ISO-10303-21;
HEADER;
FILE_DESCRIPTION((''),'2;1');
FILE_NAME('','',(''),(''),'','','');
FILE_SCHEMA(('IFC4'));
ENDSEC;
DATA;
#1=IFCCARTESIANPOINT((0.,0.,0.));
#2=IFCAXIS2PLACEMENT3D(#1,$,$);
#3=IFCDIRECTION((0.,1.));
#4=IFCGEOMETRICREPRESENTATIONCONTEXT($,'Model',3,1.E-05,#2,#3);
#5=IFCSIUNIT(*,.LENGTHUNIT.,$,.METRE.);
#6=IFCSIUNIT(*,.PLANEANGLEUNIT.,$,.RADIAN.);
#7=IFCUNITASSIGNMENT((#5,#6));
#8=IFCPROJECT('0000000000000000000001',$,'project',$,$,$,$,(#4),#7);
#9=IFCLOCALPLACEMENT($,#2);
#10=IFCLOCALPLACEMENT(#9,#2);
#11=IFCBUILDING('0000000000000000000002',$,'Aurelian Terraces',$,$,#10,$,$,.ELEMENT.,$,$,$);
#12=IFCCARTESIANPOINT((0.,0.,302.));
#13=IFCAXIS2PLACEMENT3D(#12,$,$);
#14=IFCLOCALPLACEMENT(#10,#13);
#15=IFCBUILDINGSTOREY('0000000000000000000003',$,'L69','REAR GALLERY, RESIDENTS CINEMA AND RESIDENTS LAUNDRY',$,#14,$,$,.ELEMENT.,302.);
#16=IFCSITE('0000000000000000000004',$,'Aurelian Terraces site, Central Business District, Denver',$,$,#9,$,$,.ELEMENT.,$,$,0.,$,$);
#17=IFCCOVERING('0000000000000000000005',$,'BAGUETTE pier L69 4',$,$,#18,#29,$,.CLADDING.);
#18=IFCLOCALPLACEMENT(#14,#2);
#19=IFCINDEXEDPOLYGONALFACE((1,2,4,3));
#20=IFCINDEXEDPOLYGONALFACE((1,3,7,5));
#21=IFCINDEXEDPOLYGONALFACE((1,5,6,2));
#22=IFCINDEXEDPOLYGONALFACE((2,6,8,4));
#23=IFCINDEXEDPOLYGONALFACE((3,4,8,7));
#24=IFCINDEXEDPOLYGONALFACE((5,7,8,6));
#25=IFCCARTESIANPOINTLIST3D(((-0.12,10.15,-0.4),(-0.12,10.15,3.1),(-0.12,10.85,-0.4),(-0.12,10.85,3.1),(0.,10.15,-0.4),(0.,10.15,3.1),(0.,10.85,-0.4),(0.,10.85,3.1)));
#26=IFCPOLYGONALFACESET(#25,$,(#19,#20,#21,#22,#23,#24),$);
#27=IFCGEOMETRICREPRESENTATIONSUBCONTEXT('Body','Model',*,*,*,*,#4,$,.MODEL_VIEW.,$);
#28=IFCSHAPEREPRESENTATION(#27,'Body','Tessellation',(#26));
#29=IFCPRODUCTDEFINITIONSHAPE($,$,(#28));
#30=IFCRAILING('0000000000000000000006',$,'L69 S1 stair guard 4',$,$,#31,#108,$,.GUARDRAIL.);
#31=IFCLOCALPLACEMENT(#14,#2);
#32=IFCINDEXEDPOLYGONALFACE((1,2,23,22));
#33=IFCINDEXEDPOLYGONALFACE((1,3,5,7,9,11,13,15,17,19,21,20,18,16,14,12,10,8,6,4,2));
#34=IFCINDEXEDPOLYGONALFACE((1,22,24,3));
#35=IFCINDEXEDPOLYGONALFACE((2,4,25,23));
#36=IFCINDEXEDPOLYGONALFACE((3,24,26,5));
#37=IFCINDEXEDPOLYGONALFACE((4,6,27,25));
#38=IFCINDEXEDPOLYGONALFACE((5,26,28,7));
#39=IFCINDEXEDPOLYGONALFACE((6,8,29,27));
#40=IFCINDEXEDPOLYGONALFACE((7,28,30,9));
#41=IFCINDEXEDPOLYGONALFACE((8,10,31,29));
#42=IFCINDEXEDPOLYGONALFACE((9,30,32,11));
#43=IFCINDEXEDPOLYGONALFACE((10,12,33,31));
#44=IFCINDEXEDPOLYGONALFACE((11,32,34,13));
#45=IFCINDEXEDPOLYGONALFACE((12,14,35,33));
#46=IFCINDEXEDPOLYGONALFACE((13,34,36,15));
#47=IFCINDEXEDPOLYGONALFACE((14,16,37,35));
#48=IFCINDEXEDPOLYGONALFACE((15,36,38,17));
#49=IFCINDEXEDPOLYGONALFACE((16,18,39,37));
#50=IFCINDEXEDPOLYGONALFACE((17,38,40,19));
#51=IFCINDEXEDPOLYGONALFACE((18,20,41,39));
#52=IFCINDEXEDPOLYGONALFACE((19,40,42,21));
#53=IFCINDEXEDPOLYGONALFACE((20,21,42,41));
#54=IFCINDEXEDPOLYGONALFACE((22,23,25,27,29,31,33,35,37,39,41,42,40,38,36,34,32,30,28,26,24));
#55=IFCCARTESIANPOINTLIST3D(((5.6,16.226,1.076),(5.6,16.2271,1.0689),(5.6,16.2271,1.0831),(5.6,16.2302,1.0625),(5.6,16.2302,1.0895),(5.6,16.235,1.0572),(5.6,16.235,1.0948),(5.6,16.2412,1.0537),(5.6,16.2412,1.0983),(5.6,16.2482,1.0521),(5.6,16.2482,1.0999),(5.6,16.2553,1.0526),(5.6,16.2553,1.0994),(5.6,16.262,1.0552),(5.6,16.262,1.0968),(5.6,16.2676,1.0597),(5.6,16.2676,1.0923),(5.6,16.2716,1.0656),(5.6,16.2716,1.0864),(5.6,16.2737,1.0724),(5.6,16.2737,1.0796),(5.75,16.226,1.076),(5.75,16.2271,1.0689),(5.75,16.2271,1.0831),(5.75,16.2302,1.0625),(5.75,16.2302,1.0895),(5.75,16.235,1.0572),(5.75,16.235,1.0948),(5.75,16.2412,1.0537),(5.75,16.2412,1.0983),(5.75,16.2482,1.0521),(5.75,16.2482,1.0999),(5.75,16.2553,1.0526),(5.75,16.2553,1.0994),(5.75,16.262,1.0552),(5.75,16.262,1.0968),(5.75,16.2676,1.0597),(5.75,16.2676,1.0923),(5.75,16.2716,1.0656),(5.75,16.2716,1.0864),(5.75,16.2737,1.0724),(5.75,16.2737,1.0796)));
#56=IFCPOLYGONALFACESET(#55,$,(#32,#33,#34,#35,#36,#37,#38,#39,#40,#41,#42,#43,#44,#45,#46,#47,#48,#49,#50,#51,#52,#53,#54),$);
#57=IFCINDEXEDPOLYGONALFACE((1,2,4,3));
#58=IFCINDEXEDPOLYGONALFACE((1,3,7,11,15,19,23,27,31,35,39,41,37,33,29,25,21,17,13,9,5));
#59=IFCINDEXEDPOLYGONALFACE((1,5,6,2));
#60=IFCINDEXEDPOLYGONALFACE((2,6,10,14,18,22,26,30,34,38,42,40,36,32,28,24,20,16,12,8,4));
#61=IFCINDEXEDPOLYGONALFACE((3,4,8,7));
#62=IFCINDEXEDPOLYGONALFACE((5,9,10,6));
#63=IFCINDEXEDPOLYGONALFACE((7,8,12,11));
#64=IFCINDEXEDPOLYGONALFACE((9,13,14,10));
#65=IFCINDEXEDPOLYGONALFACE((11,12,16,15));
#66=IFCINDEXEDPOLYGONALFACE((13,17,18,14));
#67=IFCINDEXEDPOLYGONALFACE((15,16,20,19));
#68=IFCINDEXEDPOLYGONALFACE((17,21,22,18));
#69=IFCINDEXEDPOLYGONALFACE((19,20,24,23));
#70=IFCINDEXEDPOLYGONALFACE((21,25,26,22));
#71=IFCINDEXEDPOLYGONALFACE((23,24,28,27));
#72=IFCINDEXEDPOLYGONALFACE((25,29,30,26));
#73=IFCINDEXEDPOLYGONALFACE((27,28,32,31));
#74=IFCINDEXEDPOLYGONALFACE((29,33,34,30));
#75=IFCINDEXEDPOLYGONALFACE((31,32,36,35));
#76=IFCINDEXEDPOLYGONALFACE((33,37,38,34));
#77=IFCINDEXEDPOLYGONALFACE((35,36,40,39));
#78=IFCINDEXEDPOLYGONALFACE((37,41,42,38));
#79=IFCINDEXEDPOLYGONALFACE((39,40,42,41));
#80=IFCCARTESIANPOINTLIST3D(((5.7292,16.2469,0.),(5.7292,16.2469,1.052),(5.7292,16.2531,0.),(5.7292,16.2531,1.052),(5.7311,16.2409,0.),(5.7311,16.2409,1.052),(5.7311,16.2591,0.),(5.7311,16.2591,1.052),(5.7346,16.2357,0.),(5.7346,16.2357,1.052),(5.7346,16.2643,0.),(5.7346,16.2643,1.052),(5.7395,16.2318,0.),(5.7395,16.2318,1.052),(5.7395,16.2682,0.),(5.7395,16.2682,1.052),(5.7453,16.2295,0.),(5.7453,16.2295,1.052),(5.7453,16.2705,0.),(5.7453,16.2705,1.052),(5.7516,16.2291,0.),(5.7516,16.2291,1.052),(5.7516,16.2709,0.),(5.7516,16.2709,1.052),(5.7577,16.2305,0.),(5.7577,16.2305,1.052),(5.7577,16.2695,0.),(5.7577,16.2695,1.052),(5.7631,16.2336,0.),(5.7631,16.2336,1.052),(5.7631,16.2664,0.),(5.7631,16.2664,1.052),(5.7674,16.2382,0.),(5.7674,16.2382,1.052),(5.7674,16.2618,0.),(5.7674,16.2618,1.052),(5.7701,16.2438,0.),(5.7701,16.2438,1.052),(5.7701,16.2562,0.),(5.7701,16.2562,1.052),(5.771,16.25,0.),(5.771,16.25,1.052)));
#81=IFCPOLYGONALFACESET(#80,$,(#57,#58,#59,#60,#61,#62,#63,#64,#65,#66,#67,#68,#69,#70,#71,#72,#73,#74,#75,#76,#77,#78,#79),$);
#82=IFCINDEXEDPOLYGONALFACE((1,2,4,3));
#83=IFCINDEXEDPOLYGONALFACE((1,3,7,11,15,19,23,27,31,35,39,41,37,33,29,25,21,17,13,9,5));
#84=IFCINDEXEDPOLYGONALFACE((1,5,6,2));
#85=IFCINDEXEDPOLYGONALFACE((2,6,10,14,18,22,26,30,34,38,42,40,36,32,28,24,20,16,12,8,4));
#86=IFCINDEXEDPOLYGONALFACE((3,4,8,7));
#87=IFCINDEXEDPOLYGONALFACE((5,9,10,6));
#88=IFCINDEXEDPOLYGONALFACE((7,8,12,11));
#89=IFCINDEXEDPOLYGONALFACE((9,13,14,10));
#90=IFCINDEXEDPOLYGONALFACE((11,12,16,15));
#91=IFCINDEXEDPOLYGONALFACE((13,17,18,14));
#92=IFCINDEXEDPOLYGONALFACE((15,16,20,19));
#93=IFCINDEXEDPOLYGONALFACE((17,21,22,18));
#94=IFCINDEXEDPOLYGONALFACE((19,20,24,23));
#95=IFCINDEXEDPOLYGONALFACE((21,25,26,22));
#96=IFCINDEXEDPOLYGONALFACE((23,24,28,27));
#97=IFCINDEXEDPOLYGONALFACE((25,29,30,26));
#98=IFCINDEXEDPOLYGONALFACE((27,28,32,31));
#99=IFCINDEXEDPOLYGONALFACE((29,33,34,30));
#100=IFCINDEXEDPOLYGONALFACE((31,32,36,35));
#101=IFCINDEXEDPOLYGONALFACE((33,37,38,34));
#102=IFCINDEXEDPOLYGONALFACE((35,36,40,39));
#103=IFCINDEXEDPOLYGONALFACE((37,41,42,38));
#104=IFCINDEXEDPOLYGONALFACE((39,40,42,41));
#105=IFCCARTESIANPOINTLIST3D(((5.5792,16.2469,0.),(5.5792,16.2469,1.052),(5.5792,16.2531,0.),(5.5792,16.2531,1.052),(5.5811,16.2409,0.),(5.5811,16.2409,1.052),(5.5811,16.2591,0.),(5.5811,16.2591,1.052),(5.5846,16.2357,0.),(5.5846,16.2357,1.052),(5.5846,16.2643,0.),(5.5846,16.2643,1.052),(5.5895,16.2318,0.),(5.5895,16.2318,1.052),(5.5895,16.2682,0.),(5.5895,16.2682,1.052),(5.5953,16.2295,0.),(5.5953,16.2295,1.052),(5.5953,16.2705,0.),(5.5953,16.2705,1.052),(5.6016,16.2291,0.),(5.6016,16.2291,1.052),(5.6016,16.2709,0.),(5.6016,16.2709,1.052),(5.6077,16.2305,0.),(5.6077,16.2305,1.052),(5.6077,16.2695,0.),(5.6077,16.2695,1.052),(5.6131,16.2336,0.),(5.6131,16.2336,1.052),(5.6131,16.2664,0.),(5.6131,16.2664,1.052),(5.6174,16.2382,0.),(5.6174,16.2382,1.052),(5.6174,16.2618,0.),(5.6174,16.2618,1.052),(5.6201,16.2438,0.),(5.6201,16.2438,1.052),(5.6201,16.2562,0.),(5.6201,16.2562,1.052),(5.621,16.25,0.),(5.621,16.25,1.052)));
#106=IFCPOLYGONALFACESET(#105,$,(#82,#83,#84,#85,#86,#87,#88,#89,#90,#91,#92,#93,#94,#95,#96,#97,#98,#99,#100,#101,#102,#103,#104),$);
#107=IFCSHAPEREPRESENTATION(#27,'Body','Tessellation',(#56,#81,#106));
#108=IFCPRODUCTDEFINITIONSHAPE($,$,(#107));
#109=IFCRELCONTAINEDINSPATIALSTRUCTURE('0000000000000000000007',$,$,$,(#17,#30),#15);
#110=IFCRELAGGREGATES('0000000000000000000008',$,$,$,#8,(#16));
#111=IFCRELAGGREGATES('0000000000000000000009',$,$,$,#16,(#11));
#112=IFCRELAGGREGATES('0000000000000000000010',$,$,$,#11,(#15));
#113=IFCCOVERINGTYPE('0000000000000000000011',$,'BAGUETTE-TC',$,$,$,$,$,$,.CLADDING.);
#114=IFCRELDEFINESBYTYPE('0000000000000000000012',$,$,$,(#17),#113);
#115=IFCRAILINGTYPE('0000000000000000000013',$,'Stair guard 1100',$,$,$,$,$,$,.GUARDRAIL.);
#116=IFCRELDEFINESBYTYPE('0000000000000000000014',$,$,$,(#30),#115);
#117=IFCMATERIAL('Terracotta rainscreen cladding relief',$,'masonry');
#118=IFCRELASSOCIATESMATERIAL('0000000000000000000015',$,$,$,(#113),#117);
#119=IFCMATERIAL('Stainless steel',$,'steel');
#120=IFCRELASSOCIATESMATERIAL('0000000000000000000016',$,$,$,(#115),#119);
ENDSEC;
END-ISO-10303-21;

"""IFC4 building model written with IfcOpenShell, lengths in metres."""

from ifc_helpers import new_model, si_unit, direction, frame, origin, origin_2d, place, context, subcontext, project, spatial, rectangle, circle, extrude, source, transform, mapped, material, type_object, element, save


model = new_model("IFC4")

# Units and contexts
model_context = context("Model", 3, precision=1e-05, world=origin(), true_north=direction((0.0, 1.0)))
body_context = subcontext(model_context, "Body", "Model", "MODEL_VIEW")
ifc_project = project(units=[si_unit("LENGTHUNIT", "METRE"), si_unit("PLANEANGLEUNIT", "RADIAN")], contexts=[model_context])

# Site, building, storey
site_placement = place(None, origin())
site = spatial("IfcSite", under=ifc_project, at=site_placement, Name="Aurelian Terraces site, Central Business District, Denver", CompositionType="ELEMENT", RefElevation=0.0)
building_placement = place(site_placement, origin())
building = spatial("IfcBuilding", under=site, at=building_placement, Name="Aurelian Terraces", CompositionType="ELEMENT")
storey_placement = place(building_placement, frame((0.0, 0.0, 302.0)))
storey = spatial("IfcBuildingStorey", under=building, at=storey_placement, Name="L69", Description="REAR GALLERY, RESIDENTS CINEMA AND RESIDENTS LAUNDRY", CompositionType="ELEMENT", Elevation=302.0)

# Shared definitions
ifc_material_1 = material(Name="Stainless steel", Category="steel")

# Covering
ifc_material_2 = material(Name="Terracotta rainscreen cladding relief", Category="masonry")
covering_type = type_object("IfcCoveringType", Name="BAGUETTE-TC", PredefinedType="CLADDING", material=ifc_material_2)
shared_shape_1 = source(origin(), body_context, "Body", "SweptSolid", [
    extrude(rectangle(XDim=0.12, YDim=0.7, at=origin_2d()), origin(), (0.0, 0.0, 1.0), 3.5),
])
covering_placement = place(storey_placement, frame((-0.06, 10.5, -0.4), z_axis=(0.0, 0.0, 1.0), x_axis=(1.0, 0.0, 0.0)))
element("IfcCovering", 1, at=covering_placement, inside=storey, type_object=covering_type, Name="BAGUETTE pier L69 4", PredefinedType="CLADDING", context=body_context, shape_type="MappedRepresentation", body=[
    mapped(shared_shape_1, transform((0.0, 0.0, 0.0), scale=1.0)),
])

# Railing
railing_type = type_object("IfcRailingType", Name="Stair guard 1100", PredefinedType="GUARDRAIL", material=ifc_material_1)
shared_shape_2 = source(origin(), body_context, "Body", "SweptSolid", [
    extrude(circle(Radius=0.024, at=origin_2d()), frame((0.0, 0.0, 1.076), z_axis=(-1.0, 0.0, 0.0), x_axis=(0.0, -1.0, 0.0)), (0.0, 0.0, 1.0), 0.15),
    extrude(circle(Radius=0.021, at=origin_2d()), origin(), (0.0, 0.0, 1.0), 1.052),
    extrude(circle(Radius=0.021, at=origin_2d()), frame((-0.15, 0.0, 0.0)), (0.0, 0.0, 1.0), 1.052),
])
railing_placement = place(storey_placement, frame((5.75, 16.25, 0.0)))
element("IfcRailing", 2, at=railing_placement, inside=storey, type_object=railing_type, Name="L69 S1 stair guard 4", PredefinedType="GUARDRAIL", context=body_context, shape_type="MappedRepresentation", body=[
    mapped(shared_shape_2, transform((0.0, 0.0, 0.0), scale=1.0)),
])

save(model, "model.ifc")
